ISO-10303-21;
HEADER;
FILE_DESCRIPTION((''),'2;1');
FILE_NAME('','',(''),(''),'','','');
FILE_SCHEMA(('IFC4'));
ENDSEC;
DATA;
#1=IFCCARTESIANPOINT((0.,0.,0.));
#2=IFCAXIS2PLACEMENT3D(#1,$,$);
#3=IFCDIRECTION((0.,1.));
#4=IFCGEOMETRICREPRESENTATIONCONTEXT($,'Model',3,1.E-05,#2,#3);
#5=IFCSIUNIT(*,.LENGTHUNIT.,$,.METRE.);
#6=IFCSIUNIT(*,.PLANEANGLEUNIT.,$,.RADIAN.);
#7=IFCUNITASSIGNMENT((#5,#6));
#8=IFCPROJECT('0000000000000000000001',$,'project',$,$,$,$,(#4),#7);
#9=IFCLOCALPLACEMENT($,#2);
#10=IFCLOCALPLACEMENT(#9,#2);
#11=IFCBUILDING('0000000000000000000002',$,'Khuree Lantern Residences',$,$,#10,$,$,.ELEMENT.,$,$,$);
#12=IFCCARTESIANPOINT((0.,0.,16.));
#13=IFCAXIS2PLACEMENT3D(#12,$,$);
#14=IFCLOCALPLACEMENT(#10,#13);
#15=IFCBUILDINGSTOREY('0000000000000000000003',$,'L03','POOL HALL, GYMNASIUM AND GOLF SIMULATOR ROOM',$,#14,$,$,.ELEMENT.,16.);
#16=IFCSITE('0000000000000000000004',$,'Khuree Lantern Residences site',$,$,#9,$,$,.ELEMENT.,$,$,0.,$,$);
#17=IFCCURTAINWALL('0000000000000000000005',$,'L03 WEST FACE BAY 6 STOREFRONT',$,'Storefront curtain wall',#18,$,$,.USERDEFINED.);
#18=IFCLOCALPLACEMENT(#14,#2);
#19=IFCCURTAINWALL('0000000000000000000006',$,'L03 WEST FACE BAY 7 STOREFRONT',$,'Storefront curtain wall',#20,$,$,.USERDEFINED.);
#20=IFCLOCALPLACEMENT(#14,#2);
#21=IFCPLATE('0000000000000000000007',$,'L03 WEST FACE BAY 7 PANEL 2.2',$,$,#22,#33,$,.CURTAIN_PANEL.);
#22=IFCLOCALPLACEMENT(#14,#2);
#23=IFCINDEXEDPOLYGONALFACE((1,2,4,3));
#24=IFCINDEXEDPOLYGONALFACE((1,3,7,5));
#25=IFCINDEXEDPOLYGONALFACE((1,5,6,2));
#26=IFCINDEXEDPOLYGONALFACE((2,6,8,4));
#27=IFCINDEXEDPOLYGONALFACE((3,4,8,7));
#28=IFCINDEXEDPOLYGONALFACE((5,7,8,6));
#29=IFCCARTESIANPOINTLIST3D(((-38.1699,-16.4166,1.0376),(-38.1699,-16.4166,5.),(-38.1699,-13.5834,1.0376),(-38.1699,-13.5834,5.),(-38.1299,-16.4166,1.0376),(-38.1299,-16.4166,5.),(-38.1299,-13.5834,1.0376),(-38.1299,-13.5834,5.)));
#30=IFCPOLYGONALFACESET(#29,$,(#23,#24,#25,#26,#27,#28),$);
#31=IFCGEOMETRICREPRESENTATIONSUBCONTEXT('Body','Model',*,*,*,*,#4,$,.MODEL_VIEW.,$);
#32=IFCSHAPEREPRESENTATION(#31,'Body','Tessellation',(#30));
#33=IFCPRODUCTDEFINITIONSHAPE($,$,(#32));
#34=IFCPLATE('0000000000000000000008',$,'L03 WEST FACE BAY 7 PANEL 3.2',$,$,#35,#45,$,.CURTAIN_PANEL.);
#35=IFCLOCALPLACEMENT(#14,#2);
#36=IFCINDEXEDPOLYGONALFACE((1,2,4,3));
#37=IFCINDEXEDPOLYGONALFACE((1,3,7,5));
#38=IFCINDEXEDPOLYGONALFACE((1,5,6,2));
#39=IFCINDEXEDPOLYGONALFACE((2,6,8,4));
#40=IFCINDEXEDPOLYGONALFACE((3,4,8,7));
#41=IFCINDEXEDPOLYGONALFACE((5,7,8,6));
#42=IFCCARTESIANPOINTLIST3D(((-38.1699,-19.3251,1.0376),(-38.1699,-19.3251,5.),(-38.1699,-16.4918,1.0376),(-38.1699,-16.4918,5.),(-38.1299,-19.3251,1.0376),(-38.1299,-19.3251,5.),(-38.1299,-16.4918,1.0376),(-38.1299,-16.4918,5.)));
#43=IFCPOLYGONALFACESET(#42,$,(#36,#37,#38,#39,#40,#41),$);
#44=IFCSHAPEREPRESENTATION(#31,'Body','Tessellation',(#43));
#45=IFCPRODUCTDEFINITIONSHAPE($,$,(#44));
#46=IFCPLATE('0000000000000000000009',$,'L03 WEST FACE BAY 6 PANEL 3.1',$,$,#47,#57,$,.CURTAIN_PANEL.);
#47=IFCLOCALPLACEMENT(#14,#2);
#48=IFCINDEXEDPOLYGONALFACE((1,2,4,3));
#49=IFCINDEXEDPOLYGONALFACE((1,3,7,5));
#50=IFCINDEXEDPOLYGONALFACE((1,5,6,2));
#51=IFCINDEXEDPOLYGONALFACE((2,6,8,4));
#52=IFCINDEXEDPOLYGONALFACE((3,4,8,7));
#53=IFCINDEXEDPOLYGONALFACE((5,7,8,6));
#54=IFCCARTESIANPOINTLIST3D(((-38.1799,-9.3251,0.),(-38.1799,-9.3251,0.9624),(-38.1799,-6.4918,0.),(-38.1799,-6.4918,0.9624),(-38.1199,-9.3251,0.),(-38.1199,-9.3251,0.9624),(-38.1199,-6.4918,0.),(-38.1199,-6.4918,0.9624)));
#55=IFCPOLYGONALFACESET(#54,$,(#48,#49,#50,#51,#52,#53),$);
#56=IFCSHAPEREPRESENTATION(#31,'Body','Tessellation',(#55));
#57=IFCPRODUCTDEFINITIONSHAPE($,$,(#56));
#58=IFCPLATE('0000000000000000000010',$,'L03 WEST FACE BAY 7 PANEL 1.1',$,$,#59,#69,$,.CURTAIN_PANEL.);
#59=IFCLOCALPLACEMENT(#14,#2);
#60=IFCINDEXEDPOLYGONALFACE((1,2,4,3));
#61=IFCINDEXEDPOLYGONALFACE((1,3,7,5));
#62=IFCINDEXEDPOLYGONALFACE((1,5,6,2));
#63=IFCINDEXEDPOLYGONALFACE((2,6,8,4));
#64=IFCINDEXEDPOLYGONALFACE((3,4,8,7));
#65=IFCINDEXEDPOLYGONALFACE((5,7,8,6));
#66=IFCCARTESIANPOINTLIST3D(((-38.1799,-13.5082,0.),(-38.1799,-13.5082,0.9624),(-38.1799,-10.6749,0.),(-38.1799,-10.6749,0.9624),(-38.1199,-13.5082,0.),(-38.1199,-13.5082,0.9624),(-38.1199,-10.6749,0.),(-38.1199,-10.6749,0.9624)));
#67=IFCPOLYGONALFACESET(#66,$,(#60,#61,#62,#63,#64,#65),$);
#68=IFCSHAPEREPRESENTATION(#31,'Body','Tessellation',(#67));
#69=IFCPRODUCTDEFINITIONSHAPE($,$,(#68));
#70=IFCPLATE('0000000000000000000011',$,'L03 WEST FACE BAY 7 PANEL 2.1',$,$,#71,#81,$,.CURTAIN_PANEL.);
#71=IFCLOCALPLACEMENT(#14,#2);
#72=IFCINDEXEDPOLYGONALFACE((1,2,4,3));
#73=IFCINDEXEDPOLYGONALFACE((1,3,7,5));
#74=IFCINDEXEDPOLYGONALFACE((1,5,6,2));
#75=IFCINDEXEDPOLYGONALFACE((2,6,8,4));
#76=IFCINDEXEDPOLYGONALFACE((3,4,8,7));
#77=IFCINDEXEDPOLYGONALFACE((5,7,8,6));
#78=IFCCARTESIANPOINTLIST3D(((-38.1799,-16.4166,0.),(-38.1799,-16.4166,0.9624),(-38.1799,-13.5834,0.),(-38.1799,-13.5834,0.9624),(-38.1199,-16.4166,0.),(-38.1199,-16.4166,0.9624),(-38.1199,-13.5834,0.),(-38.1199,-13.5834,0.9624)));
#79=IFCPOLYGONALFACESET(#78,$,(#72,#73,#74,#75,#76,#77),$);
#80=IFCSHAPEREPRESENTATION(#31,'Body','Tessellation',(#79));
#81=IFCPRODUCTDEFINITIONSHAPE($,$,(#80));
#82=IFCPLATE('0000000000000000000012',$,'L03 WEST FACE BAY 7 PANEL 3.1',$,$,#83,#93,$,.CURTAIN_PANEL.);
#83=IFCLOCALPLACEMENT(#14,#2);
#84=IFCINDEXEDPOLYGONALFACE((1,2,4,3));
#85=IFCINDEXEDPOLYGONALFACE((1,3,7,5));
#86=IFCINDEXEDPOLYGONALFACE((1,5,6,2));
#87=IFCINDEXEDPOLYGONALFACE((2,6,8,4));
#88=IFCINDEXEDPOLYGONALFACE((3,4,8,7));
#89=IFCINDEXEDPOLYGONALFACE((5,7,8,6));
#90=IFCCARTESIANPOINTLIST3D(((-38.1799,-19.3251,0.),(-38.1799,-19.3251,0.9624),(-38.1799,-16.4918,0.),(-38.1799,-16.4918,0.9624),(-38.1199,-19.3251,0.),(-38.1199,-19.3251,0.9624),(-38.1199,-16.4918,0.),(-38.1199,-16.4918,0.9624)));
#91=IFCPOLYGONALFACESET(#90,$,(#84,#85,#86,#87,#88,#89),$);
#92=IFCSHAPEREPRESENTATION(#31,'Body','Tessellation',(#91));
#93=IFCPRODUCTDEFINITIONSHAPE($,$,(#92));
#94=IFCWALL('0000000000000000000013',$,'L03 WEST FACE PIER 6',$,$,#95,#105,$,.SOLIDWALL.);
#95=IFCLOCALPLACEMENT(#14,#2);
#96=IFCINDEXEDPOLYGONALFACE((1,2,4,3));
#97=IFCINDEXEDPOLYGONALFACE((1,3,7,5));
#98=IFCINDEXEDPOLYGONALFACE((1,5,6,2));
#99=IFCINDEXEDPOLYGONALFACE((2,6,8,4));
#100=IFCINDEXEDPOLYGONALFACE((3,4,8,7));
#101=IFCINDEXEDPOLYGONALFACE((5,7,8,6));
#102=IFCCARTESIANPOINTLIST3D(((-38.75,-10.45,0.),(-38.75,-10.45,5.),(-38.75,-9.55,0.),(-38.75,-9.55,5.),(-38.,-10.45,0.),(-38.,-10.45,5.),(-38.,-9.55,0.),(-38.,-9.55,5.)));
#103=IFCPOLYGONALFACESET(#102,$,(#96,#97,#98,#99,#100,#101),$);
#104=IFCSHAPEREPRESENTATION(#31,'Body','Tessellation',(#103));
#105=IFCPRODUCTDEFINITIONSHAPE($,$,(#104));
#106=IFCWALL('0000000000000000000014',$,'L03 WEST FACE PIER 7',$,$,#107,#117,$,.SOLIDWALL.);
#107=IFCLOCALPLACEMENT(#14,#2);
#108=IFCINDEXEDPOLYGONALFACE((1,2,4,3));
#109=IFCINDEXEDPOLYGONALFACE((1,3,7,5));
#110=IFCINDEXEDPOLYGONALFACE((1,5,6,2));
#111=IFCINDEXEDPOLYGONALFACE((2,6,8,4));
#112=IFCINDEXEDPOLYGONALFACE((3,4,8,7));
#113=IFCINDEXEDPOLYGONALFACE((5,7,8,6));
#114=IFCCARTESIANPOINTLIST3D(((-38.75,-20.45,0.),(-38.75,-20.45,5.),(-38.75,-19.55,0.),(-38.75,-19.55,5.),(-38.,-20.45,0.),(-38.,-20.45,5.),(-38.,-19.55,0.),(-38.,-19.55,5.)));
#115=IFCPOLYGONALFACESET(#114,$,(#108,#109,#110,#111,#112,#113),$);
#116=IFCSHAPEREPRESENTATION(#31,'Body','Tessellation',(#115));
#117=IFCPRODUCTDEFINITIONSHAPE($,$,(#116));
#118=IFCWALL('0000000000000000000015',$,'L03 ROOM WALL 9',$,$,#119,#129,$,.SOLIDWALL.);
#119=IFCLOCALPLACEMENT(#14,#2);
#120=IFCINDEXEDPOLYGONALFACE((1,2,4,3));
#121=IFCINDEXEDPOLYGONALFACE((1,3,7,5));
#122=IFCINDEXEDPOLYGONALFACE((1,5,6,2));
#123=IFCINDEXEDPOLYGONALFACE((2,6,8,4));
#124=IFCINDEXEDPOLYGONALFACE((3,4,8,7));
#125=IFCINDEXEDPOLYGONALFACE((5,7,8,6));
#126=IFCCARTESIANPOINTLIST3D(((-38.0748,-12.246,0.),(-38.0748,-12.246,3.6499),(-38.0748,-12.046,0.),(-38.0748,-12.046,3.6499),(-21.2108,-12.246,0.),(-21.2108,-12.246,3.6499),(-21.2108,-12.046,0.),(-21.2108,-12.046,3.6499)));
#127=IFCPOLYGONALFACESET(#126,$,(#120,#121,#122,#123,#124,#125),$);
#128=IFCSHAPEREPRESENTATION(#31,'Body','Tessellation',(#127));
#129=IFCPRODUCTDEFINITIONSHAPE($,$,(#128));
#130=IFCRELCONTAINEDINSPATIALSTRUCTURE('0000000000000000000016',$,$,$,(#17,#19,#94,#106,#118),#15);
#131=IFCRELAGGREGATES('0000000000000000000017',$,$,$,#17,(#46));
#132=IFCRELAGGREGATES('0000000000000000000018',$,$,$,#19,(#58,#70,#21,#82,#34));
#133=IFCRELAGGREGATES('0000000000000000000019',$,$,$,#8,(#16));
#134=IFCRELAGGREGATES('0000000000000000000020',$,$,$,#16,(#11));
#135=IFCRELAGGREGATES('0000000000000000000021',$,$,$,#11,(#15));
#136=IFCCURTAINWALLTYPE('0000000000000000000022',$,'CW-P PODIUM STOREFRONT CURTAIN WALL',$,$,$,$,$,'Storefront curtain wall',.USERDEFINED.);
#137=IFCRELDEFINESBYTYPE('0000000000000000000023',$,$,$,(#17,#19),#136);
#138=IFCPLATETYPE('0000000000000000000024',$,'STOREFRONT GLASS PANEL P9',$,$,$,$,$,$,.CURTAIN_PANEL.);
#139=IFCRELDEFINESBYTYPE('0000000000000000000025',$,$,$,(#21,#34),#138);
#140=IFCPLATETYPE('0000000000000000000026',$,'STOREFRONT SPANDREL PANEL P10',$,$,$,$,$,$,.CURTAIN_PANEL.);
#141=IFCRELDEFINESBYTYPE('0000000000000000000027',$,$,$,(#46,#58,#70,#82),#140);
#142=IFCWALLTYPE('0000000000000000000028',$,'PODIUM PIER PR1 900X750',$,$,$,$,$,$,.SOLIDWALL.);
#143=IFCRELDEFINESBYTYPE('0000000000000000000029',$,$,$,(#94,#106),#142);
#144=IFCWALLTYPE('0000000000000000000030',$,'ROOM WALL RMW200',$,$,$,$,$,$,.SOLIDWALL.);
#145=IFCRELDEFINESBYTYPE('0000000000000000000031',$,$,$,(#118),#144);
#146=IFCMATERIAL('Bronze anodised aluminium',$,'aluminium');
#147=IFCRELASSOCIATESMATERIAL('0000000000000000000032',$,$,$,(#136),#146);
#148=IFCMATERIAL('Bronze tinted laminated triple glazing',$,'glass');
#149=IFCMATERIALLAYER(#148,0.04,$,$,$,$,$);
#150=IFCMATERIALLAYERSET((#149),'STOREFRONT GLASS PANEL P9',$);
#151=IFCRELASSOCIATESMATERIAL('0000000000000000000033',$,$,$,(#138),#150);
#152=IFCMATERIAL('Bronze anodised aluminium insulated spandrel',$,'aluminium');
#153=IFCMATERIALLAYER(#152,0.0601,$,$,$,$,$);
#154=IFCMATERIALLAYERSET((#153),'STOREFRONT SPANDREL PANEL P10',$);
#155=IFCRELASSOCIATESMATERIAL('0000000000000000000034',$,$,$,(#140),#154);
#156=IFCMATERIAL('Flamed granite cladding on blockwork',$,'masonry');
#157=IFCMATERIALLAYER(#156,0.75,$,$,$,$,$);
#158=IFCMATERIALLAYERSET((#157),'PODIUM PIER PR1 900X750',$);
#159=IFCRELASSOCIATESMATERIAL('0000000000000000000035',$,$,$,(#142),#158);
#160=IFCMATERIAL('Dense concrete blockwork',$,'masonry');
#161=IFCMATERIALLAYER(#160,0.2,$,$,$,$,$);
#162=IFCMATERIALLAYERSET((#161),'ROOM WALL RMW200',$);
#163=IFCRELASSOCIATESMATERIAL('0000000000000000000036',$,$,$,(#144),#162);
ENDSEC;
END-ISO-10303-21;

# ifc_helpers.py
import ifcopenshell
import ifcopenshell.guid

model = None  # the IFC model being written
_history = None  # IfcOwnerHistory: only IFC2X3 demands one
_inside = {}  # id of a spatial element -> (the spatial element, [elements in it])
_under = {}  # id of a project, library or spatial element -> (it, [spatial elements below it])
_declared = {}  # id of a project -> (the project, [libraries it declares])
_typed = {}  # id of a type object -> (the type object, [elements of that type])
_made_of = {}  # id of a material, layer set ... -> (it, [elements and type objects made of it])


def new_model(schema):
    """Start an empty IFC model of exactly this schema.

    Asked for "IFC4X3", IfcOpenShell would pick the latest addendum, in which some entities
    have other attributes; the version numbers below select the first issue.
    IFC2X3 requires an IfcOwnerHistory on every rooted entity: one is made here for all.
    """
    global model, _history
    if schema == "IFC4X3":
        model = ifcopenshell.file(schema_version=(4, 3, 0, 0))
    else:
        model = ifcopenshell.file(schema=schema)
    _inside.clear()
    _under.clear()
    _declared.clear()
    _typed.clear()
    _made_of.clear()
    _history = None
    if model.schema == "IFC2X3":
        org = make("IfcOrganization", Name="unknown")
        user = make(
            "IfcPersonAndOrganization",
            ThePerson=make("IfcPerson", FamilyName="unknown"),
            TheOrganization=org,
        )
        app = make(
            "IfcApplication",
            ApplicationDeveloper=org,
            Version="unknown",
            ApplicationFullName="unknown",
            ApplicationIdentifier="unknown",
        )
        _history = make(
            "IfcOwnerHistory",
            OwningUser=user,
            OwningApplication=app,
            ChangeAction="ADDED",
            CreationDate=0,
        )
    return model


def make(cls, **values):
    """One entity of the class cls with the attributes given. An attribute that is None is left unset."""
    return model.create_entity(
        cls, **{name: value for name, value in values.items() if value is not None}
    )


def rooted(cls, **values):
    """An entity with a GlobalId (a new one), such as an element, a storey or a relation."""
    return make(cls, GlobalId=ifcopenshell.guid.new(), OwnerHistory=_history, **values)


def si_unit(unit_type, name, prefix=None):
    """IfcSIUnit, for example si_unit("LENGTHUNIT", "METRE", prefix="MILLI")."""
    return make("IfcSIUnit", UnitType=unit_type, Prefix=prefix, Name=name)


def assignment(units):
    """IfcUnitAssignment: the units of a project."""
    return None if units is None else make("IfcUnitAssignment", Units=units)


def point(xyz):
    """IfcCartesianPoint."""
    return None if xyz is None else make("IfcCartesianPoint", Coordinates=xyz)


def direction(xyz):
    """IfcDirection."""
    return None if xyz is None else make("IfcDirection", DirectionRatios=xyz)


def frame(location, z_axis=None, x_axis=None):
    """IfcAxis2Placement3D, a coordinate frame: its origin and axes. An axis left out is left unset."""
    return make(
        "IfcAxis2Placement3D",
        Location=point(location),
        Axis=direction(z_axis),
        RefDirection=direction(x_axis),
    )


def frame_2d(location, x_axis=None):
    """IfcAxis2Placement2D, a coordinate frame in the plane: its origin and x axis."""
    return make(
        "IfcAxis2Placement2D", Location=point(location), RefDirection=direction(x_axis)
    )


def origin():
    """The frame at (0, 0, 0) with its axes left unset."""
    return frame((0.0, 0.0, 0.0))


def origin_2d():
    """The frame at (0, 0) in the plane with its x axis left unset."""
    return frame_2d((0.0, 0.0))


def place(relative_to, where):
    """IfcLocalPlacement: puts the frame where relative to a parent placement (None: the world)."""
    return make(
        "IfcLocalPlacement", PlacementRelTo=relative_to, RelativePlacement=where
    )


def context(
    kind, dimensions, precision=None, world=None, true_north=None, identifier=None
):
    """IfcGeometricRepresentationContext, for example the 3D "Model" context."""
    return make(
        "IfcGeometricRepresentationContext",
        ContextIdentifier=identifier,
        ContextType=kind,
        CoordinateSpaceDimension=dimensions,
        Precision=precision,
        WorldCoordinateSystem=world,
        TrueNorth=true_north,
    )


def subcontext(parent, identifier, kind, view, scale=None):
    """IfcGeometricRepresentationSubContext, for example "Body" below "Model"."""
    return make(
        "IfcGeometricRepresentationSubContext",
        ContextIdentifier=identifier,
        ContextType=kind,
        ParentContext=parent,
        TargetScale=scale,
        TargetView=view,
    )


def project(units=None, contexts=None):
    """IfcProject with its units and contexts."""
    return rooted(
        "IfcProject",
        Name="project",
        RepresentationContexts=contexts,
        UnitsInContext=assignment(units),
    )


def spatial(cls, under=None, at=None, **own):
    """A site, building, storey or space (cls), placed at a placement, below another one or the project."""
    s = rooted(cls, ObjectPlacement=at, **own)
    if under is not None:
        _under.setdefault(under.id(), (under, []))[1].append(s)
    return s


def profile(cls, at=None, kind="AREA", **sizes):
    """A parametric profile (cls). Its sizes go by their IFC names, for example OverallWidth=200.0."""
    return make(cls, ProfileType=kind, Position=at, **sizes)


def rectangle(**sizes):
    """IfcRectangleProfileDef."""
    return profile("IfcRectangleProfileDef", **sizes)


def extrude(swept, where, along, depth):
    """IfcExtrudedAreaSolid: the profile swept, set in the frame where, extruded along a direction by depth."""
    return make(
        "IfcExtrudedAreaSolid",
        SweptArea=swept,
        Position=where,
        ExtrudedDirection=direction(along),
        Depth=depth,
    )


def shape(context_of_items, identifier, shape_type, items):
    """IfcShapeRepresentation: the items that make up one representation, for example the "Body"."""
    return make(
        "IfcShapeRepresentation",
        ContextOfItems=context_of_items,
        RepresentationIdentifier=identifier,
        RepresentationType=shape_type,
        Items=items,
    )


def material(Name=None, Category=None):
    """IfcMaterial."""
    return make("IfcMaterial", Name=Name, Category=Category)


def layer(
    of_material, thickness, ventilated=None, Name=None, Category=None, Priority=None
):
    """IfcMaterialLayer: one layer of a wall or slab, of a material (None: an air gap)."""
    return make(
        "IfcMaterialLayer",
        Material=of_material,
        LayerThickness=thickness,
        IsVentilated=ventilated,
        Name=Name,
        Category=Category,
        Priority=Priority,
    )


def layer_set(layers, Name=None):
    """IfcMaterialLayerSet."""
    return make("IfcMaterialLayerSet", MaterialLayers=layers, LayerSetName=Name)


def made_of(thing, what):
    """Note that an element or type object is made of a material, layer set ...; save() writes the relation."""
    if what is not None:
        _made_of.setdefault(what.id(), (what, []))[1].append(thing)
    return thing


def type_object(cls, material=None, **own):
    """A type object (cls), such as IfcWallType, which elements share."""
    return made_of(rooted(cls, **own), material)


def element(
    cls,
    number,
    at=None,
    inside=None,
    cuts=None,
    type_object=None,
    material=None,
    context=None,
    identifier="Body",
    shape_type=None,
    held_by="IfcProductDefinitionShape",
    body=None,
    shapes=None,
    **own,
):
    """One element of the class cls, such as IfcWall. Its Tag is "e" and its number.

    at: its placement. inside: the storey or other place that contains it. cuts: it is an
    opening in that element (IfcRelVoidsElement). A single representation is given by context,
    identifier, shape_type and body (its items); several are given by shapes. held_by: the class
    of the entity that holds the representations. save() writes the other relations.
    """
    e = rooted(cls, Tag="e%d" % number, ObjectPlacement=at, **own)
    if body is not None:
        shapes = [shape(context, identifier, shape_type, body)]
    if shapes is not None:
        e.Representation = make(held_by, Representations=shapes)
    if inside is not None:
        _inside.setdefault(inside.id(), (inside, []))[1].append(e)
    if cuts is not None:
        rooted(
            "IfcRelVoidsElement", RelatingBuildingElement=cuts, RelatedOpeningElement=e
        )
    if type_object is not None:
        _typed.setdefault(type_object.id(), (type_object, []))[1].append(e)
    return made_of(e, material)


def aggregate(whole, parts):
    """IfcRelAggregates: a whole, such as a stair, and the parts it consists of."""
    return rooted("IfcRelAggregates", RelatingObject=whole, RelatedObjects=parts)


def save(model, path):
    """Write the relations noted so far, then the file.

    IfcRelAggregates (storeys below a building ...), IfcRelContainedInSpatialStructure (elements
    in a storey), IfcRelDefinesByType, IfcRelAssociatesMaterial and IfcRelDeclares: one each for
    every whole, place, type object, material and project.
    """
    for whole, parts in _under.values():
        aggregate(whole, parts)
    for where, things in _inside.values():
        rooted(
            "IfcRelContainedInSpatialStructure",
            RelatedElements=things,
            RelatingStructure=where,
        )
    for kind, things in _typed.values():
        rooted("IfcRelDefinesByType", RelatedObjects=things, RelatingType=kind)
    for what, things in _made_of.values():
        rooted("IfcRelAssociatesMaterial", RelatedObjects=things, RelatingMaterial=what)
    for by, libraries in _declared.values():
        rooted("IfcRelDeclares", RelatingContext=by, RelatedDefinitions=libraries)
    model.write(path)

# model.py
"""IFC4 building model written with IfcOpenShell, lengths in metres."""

from ifc_helpers import new_model, si_unit, direction, frame, frame_2d, origin, origin_2d, place, context, subcontext, project, spatial, rectangle, extrude, material, layer, layer_set, type_object, element, aggregate, save


model = new_model("IFC4")

# Units and contexts
model_context = context("Model", 3, precision=1e-05, world=origin(), true_north=direction((0.0, 1.0)))
body_context = subcontext(model_context, "Body", "Model", "MODEL_VIEW")
ifc_project = project(units=[si_unit("LENGTHUNIT", "METRE"), si_unit("PLANEANGLEUNIT", "RADIAN")], contexts=[model_context])

# Site, building, storey
site_placement = place(None, origin())
site = spatial("IfcSite", under=ifc_project, at=site_placement, Name="Khuree Lantern Residences site", CompositionType="ELEMENT", RefElevation=0.0)
building_placement = place(site_placement, origin())
building = spatial("IfcBuilding", under=site, at=building_placement, Name="Khuree Lantern Residences", CompositionType="ELEMENT")
storey_placement = place(building_placement, frame((0.0, 0.0, 16.0)))
storey = spatial("IfcBuildingStorey", under=building, at=storey_placement, Name="L03", Description="POOL HALL, GYMNASIUM AND GOLF SIMULATOR ROOM", CompositionType="ELEMENT", Elevation=16.0)

# Curtain wall
ifc_material_1 = material(Name="Bronze anodised aluminium", Category="aluminium")
curtain_wall_type = type_object("IfcCurtainWallType", Name="CW-P PODIUM STOREFRONT CURTAIN WALL", ElementType="Storefront curtain wall", PredefinedType="USERDEFINED", material=ifc_material_1)
curtain_wall_1_placement = place(storey_placement, origin())
curtain_wall_1 = element("IfcCurtainWall", 1, at=curtain_wall_1_placement, inside=storey, type_object=curtain_wall_type, Name="L03 WEST FACE BAY 6 STOREFRONT", ObjectType="Storefront curtain wall", PredefinedType="USERDEFINED")

# Curtain wall
curtain_wall_2_placement = place(storey_placement, origin())
curtain_wall_2 = element("IfcCurtainWall", 2, at=curtain_wall_2_placement, inside=storey, type_object=curtain_wall_type, Name="L03 WEST FACE BAY 7 STOREFRONT", ObjectType="Storefront curtain wall", PredefinedType="USERDEFINED")

# Plates
ifc_material_2 = material(Name="Bronze tinted laminated triple glazing", Category="glass")
ifc_layer_1 = layer(ifc_material_2, 0.04)
ifc_layer_set_1 = layer_set([ifc_layer_1], Name="STOREFRONT GLASS PANEL P9")
plate_type_1 = type_object("IfcPlateType", Name="STOREFRONT GLASS PANEL P9", PredefinedType="CURTAIN_PANEL", material=ifc_layer_set_1)
plate_1_placement = place(storey_placement, frame((-38.1499, -15.0, 1.0376), z_axis=(0.0, 0.0, 1.0), x_axis=(0.0, -1.0, 0.0)))
plate_1 = element("IfcPlate", 3, at=plate_1_placement, type_object=plate_type_1, Name="L03 WEST FACE BAY 7 PANEL 2.2", PredefinedType="CURTAIN_PANEL", context=body_context, shape_type="SweptSolid", body=[
    extrude(rectangle(XDim=2.8333, YDim=0.04, at=origin_2d()), origin(), (0.0, 0.0, 1.0), 3.9624),
])
plate_2_placement = place(storey_placement, frame((-38.1499, -17.9084, 1.0376), z_axis=(0.0, 0.0, 1.0), x_axis=(0.0, -1.0, 0.0)))
plate_2 = element("IfcPlate", 4, at=plate_2_placement, type_object=plate_type_1, Name="L03 WEST FACE BAY 7 PANEL 3.2", PredefinedType="CURTAIN_PANEL", context=body_context, shape_type="SweptSolid", body=[
    extrude(rectangle(XDim=2.8333, YDim=0.04, at=origin_2d()), origin(), (0.0, 0.0, 1.0), 3.9624),
])
ifc_material_3 = material(Name="Bronze anodised aluminium insulated spandrel", Category="aluminium")
ifc_layer_2 = layer(ifc_material_3, 0.0601)
ifc_layer_set_2 = layer_set([ifc_layer_2], Name="STOREFRONT SPANDREL PANEL P10")
plate_type_2 = type_object("IfcPlateType", Name="STOREFRONT SPANDREL PANEL P10", PredefinedType="CURTAIN_PANEL", material=ifc_layer_set_2)
plate_3_placement = place(storey_placement, frame((-38.1499, -7.9084, 0.0), z_axis=(0.0, 0.0, 1.0), x_axis=(0.0, -1.0, 0.0)))
plate_3 = element("IfcPlate", 5, at=plate_3_placement, type_object=plate_type_2, Name="L03 WEST FACE BAY 6 PANEL 3.1", PredefinedType="CURTAIN_PANEL", context=body_context, shape_type="SweptSolid", body=[
    extrude(rectangle(XDim=2.8333, YDim=0.0601, at=origin_2d()), origin(), (0.0, 0.0, 1.0), 0.9624),
])
aggregate(curtain_wall_1, [plate_3])
plate_4_placement = place(storey_placement, frame((-38.1499, -12.0916, 0.0), z_axis=(0.0, 0.0, 1.0), x_axis=(0.0, -1.0, 0.0)))
plate_4 = element("IfcPlate", 6, at=plate_4_placement, type_object=plate_type_2, Name="L03 WEST FACE BAY 7 PANEL 1.1", PredefinedType="CURTAIN_PANEL", context=body_context, shape_type="SweptSolid", body=[
    extrude(rectangle(XDim=2.8333, YDim=0.0601, at=origin_2d()), origin(), (0.0, 0.0, 1.0), 0.9624),
])
plate_5_placement = place(storey_placement, frame((-38.1499, -15.0, 0.0), z_axis=(0.0, 0.0, 1.0), x_axis=(0.0, -1.0, 0.0)))
plate_5 = element("IfcPlate", 7, at=plate_5_placement, type_object=plate_type_2, Name="L03 WEST FACE BAY 7 PANEL 2.1", PredefinedType="CURTAIN_PANEL", context=body_context, shape_type="SweptSolid", body=[
    extrude(rectangle(XDim=2.8333, YDim=0.0601, at=origin_2d()), origin(), (0.0, 0.0, 1.0), 0.9624),
])
plate_6_placement = place(storey_placement, frame((-38.1499, -17.9084, 0.0), z_axis=(0.0, 0.0, 1.0), x_axis=(0.0, -1.0, 0.0)))
plate_6 = element("IfcPlate", 8, at=plate_6_placement, type_object=plate_type_2, Name="L03 WEST FACE BAY 7 PANEL 3.1", PredefinedType="CURTAIN_PANEL", context=body_context, shape_type="SweptSolid", body=[
    extrude(rectangle(XDim=2.8333, YDim=0.0601, at=origin_2d()), origin(), (0.0, 0.0, 1.0), 0.9624),
])
aggregate(curtain_wall_2, [plate_4, plate_5, plate_1, plate_6, plate_2])

# Walls
ifc_material_4 = material(Name="Flamed granite cladding on blockwork", Category="masonry")
ifc_layer_3 = layer(ifc_material_4, 0.75)
ifc_layer_set_3 = layer_set([ifc_layer_3], Name="PODIUM PIER PR1 900X750")
wall_type_1 = type_object("IfcWallType", Name="PODIUM PIER PR1 900X750", PredefinedType="SOLIDWALL", material=ifc_layer_set_3)
for number, where, z_axis, x_axis, name in (
    (9, (-38.375, -9.55, 0.0), (0.0, 0.0, 1.0), (0.0, -1.0, 0.0), "L03 WEST FACE PIER 6"),
    (10, (-38.375, -19.55, 0.0), (0.0, 0.0, 1.0), (0.0, -1.0, 0.0), "L03 WEST FACE PIER 7"),
):
    element("IfcWall", number, at=place(storey_placement, frame(where, z_axis=z_axis, x_axis=x_axis)), inside=storey, type_object=wall_type_1, Name=name, PredefinedType="SOLIDWALL", context=body_context, shape_type="SweptSolid", body=[
        extrude(rectangle(XDim=0.8999, YDim=0.75, at=frame_2d((0.45, 0.0))), origin(), (0.0, 0.0, 1.0), 5.0),
    ])
ifc_material_5 = material(Name="Dense concrete blockwork", Category="masonry")
ifc_layer_4 = layer(ifc_material_5, 0.2)
ifc_layer_set_4 = layer_set([ifc_layer_4], Name="ROOM WALL RMW200")
wall_type_2 = type_object("IfcWallType", Name="ROOM WALL RMW200", PredefinedType="SOLIDWALL", material=ifc_layer_set_4)
wall_placement = place(storey_placement, frame((-38.075, -12.146, 0.0), z_axis=(0.0, 0.0, 1.0), x_axis=(1.0, 0.0, 0.0)))
element("IfcWall", 11, at=wall_placement, inside=storey, type_object=wall_type_2, Name="L03 ROOM WALL 9", PredefinedType="SOLIDWALL", context=body_context, shape_type="SweptSolid", body=[
    extrude(rectangle(XDim=16.864, YDim=0.2, at=frame_2d((8.4321, 0.0))), origin(), (0.0, 0.0, 1.0), 3.6499),
])

save(model, "model.ifc")
